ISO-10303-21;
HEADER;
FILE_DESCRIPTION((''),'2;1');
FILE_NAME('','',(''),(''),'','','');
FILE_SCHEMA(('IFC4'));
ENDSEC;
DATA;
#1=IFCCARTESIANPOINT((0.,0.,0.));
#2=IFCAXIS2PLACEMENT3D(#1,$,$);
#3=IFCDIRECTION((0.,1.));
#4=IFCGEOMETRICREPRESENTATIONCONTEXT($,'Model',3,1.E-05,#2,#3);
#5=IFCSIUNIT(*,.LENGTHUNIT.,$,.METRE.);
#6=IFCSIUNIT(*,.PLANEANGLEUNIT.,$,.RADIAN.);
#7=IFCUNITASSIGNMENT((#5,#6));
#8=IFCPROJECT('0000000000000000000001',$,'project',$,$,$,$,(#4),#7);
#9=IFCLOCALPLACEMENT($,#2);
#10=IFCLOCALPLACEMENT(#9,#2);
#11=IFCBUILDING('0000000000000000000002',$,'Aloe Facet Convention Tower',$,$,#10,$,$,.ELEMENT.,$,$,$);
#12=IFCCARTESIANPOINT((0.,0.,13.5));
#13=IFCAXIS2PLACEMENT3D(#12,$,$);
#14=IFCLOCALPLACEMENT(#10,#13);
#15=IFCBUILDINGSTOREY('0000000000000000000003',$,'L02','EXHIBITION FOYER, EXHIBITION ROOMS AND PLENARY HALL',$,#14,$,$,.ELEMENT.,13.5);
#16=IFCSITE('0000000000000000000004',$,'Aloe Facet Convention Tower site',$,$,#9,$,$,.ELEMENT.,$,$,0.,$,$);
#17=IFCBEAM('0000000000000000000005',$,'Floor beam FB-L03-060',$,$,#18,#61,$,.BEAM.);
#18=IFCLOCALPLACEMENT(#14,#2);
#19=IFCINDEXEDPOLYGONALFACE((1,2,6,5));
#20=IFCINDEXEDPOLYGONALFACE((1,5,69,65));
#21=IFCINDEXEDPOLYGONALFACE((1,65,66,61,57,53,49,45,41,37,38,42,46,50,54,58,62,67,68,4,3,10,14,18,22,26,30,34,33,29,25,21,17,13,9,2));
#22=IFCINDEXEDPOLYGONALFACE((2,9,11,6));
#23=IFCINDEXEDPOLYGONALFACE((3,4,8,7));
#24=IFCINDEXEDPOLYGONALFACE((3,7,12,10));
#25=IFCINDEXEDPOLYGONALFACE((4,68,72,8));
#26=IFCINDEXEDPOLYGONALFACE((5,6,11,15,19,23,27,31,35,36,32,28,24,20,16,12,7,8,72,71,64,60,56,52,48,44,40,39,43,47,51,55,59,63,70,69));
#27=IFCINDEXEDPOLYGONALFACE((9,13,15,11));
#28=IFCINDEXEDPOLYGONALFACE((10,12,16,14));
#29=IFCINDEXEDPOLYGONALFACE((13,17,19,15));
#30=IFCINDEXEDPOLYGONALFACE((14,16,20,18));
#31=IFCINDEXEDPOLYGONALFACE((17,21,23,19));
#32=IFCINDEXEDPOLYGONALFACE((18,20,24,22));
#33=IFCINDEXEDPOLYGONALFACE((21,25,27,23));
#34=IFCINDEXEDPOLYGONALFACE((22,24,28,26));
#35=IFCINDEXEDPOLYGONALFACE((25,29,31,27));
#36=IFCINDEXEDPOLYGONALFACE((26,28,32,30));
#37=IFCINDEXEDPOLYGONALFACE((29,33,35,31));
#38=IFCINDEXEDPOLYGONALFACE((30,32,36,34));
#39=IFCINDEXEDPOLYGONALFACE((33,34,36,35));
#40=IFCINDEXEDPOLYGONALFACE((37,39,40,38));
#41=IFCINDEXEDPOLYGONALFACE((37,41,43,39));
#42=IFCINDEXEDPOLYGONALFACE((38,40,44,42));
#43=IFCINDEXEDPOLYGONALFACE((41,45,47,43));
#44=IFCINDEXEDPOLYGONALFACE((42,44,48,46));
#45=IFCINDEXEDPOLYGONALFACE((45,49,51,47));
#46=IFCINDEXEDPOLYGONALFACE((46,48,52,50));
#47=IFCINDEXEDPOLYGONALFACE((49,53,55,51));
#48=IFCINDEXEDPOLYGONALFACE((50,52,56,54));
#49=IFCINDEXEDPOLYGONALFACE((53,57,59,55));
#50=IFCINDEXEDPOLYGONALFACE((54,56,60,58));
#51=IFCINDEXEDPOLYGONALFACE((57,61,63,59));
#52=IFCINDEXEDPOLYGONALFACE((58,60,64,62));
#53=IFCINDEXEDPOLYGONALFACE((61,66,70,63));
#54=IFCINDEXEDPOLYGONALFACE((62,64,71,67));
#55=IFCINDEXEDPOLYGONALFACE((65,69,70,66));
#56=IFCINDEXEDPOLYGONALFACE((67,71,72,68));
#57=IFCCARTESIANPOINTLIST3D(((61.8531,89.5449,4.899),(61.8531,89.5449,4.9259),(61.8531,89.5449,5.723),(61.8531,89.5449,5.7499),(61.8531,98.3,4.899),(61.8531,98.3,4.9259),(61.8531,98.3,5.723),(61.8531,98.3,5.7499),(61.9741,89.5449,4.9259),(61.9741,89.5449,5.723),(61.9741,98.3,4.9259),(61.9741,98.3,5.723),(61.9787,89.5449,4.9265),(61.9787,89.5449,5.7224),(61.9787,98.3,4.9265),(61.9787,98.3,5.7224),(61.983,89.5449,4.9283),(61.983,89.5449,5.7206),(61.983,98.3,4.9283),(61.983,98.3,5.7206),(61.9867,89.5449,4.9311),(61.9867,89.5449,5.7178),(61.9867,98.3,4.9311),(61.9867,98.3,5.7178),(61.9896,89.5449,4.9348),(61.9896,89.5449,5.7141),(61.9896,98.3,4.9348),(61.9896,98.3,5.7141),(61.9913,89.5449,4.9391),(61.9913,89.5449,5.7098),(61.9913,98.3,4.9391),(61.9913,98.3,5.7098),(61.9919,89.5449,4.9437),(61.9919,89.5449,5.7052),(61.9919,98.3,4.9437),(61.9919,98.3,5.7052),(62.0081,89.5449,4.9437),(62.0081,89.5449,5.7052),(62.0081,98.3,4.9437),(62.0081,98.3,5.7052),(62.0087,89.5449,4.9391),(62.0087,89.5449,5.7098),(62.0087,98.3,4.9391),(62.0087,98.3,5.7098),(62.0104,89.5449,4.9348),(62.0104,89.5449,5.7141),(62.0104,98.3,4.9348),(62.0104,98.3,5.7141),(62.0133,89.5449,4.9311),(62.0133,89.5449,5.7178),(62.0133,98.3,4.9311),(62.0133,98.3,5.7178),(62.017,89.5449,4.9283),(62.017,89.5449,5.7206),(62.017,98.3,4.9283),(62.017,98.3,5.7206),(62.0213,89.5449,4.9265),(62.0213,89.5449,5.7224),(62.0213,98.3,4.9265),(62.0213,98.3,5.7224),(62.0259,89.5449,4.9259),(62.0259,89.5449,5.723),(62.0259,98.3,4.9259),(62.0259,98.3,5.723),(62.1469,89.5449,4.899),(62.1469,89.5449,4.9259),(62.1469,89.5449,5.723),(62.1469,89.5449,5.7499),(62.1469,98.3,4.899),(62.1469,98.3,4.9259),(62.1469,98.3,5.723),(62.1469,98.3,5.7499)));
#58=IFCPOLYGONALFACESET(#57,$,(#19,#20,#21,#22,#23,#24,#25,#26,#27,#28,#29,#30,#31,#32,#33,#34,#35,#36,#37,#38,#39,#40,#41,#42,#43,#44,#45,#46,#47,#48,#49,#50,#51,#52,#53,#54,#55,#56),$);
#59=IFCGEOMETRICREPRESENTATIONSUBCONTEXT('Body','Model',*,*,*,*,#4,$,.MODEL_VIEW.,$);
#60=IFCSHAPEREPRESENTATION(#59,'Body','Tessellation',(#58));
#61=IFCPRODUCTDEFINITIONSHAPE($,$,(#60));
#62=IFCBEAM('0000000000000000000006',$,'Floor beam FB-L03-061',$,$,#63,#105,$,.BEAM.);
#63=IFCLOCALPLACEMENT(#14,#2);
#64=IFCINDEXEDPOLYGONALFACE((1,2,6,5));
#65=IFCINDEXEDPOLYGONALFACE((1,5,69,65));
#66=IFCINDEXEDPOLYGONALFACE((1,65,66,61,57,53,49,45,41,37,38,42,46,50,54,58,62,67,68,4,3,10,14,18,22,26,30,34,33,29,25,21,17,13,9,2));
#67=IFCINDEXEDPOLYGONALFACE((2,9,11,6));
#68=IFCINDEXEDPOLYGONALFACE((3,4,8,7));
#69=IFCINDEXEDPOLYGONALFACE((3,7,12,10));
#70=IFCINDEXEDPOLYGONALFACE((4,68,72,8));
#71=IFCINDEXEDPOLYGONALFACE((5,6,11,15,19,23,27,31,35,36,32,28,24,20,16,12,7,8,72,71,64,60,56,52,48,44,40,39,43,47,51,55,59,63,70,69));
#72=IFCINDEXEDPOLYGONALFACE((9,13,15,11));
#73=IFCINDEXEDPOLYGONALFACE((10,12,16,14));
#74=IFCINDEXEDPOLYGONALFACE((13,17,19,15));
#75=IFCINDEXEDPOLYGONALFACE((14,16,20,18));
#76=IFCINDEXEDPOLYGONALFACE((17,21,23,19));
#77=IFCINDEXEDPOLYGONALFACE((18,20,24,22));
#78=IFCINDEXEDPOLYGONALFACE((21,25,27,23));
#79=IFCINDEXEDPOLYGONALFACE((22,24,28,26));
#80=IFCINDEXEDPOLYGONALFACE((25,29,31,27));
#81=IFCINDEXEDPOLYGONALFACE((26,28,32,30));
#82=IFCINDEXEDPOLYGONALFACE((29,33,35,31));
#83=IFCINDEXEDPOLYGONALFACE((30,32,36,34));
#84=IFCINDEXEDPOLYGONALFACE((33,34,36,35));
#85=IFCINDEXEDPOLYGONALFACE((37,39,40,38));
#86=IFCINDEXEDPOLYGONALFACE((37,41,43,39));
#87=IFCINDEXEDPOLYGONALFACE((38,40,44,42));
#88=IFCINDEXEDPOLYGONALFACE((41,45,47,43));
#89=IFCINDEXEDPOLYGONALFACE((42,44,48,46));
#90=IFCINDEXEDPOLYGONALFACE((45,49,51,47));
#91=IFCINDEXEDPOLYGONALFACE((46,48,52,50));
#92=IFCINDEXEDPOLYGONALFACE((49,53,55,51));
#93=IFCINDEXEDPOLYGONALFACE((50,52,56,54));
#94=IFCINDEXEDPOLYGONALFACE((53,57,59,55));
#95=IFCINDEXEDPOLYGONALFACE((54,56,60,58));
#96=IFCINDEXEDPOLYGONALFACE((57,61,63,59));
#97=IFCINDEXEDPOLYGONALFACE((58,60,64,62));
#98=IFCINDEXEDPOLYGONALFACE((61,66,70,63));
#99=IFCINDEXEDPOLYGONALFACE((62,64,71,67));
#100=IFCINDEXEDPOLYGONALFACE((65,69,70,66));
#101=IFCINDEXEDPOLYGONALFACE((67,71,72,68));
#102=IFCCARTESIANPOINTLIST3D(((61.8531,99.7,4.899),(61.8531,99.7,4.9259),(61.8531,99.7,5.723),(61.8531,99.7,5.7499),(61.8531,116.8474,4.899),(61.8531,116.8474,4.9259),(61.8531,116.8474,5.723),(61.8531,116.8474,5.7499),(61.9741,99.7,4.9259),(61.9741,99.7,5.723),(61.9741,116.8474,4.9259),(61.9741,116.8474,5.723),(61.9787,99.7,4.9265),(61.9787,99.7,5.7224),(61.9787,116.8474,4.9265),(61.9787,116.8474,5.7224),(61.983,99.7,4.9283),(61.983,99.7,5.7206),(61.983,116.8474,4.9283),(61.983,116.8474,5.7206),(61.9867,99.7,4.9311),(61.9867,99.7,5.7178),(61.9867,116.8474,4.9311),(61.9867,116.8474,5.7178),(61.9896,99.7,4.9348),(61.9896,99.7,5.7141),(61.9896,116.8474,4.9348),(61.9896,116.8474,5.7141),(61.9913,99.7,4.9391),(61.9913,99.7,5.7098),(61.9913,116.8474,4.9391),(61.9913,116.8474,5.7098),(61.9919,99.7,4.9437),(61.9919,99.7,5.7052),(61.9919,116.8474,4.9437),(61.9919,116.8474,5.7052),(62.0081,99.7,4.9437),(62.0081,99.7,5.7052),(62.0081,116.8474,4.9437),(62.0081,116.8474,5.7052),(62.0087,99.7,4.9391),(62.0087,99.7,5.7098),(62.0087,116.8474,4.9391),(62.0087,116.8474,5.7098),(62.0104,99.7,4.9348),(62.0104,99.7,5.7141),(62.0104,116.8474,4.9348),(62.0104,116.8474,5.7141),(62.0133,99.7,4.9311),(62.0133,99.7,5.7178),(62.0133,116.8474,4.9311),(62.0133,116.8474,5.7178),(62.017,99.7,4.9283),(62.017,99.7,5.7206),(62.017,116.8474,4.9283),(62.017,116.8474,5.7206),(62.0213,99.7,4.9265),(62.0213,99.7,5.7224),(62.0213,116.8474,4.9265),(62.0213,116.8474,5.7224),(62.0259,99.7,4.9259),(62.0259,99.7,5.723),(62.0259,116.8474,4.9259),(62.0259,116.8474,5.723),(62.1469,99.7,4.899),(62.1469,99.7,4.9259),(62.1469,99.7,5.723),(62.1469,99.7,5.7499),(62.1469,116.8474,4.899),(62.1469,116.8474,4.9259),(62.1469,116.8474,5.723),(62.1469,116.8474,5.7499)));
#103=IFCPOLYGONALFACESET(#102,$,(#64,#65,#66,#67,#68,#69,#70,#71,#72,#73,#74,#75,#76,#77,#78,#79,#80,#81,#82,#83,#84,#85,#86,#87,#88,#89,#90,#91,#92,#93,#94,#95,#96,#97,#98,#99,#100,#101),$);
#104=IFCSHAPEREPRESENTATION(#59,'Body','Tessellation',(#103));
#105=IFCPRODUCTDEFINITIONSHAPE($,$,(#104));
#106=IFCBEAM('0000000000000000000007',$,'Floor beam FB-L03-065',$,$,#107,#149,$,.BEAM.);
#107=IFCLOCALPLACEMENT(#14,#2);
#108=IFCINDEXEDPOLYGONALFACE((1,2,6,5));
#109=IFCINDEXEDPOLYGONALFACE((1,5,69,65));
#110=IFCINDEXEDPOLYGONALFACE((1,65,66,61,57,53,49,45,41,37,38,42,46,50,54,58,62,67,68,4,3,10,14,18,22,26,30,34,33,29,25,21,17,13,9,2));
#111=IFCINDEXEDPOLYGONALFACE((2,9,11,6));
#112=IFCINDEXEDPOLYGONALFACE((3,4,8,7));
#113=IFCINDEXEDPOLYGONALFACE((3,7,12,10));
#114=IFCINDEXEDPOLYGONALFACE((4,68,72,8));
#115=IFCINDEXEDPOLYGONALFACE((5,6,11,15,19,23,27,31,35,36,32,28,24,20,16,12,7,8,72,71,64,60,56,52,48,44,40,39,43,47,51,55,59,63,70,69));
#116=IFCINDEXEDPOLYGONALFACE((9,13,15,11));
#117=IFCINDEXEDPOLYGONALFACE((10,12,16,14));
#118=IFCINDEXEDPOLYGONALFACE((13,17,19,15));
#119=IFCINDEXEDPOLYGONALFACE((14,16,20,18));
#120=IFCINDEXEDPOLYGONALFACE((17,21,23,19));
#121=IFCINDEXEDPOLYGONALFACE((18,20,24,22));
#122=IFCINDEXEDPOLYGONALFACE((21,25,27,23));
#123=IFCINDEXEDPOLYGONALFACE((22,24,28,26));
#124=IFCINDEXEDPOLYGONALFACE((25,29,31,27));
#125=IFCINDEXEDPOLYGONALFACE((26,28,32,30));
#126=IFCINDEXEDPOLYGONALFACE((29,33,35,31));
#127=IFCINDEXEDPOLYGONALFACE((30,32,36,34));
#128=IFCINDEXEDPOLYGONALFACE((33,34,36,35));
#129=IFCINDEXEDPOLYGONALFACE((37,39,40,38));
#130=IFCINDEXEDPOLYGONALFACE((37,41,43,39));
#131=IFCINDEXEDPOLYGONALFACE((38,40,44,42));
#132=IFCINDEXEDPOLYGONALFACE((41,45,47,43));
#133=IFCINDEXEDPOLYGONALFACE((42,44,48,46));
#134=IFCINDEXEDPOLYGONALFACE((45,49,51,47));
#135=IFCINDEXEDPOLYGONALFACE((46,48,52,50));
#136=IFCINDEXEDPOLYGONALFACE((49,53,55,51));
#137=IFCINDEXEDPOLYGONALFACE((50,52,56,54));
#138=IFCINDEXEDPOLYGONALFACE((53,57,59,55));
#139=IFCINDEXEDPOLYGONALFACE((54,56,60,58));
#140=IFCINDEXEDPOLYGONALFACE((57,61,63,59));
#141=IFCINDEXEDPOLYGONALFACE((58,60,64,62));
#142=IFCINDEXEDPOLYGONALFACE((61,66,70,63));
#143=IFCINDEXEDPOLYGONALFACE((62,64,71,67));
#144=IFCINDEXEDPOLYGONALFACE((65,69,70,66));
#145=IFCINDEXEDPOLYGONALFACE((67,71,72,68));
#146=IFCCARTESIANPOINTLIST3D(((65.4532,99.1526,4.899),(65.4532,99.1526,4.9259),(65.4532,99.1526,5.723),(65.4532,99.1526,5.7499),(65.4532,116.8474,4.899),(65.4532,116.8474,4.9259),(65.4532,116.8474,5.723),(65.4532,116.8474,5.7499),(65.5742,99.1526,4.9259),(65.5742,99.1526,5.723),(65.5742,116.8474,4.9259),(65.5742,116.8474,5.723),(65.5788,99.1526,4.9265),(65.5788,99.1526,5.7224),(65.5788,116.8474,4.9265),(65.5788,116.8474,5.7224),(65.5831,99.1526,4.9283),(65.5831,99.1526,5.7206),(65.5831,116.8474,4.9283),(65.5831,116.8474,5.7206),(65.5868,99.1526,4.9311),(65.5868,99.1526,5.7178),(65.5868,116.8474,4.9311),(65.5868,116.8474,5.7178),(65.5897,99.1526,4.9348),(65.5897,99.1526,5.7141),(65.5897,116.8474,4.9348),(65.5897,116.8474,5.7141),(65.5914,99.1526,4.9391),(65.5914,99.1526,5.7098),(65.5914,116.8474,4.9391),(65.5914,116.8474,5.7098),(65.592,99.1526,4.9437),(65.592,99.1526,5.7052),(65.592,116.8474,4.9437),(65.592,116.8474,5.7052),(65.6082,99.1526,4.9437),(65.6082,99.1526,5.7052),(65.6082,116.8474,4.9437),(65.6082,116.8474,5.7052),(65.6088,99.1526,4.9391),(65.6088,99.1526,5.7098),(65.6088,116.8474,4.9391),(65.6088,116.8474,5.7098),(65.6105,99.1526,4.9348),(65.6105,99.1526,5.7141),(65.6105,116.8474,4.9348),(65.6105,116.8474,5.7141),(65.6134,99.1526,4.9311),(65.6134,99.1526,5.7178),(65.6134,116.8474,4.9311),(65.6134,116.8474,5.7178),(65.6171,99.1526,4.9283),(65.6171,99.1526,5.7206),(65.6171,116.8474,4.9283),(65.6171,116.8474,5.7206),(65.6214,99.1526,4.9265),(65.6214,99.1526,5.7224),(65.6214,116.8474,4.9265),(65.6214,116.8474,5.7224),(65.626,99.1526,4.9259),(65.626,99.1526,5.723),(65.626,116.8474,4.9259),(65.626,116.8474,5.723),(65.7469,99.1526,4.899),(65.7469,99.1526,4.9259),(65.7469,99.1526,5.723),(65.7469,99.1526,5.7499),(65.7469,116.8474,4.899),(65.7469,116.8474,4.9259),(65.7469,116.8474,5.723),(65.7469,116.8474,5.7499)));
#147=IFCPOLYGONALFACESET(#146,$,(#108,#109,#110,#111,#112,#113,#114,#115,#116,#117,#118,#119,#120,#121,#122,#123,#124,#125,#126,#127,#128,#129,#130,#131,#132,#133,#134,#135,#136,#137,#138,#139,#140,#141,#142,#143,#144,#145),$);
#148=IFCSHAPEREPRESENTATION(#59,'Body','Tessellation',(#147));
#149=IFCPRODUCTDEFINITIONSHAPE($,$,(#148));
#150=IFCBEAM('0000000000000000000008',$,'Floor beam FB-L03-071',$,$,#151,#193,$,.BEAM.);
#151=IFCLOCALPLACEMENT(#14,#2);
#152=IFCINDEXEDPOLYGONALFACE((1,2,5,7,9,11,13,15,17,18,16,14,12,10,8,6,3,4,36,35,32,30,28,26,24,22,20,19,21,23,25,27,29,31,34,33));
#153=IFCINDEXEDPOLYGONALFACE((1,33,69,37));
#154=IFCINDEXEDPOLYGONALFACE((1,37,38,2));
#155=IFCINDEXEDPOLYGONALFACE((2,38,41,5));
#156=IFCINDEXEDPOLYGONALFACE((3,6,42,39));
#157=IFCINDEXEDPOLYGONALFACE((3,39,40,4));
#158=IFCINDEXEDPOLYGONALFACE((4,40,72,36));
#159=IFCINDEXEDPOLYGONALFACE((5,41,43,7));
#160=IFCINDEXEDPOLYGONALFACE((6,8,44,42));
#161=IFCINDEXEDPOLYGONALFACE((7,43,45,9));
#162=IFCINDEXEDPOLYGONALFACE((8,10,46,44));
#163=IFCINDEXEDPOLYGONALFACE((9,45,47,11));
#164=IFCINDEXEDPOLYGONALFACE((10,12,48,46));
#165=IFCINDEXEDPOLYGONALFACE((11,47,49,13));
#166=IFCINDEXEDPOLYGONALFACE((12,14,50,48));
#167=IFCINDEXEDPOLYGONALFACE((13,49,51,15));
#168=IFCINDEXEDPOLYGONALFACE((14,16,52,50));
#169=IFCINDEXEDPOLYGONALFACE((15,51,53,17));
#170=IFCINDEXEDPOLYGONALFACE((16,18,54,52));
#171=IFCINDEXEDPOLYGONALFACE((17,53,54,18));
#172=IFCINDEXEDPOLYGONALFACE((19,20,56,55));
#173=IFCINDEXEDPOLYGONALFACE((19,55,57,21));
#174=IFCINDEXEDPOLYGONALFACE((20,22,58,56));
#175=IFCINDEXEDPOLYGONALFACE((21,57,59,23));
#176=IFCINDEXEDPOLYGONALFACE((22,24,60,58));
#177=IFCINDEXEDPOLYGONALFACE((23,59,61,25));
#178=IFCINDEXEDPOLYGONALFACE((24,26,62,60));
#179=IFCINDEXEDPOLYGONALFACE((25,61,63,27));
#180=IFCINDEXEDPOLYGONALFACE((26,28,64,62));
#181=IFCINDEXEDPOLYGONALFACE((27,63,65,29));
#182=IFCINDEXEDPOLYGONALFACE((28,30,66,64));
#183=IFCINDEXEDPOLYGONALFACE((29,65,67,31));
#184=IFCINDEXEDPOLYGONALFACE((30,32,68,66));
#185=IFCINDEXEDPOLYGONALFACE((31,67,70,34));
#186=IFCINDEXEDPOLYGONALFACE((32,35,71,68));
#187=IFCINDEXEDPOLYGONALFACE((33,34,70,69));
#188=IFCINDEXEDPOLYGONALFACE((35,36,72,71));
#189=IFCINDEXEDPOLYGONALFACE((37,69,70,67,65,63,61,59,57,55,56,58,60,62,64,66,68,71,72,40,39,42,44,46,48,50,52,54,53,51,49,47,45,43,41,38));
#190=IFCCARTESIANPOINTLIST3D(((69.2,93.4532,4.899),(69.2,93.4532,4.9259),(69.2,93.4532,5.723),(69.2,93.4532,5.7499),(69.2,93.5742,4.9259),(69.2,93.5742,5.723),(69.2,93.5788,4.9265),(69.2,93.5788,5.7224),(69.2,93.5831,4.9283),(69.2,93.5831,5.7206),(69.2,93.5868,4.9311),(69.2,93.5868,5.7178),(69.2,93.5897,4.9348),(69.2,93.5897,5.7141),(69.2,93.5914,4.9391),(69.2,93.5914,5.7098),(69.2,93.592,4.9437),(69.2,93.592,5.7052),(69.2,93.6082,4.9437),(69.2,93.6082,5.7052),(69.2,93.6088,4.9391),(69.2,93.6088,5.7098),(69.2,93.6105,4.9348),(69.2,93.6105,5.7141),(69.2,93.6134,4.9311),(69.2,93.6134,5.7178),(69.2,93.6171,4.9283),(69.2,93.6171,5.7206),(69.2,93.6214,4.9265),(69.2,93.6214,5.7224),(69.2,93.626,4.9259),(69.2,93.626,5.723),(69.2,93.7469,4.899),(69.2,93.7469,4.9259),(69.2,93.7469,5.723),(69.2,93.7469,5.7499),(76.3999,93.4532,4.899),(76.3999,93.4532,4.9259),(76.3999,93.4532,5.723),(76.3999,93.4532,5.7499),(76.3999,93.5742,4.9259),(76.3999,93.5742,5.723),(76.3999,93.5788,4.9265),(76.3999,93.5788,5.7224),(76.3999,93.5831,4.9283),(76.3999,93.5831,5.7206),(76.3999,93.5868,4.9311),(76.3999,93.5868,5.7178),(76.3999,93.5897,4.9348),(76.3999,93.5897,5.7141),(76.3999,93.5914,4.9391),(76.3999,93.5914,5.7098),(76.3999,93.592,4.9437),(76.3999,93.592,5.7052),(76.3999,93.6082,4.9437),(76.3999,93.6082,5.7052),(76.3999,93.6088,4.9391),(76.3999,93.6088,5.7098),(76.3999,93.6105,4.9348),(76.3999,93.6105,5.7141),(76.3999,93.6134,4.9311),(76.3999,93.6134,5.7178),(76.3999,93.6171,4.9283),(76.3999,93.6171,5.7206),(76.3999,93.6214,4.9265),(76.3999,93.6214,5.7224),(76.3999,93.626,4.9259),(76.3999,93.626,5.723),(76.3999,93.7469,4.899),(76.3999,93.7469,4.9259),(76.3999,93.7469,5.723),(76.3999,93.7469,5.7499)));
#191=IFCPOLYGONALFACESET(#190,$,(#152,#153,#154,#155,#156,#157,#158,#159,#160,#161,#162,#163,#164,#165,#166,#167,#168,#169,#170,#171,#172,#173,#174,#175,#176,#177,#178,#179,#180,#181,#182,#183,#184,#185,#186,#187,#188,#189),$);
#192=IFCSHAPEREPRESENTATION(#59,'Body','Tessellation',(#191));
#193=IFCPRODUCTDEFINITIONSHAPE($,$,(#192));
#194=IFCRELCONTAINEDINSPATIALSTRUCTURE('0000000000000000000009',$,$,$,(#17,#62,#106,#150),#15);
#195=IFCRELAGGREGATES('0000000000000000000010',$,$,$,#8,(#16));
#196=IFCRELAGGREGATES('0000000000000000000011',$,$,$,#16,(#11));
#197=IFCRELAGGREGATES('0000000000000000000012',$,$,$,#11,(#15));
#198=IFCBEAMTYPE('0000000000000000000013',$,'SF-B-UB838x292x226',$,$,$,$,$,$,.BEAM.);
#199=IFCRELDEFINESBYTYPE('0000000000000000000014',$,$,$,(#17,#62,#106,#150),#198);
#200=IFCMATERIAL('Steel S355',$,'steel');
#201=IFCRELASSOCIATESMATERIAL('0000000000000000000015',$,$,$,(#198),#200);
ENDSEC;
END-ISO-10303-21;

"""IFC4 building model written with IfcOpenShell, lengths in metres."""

from ifc_helpers import new_model, si_unit, direction, frame, origin, origin_2d, place, context, subcontext, project, spatial, i_section, extrude, material, material_profile, profile_set, type_object, element, save


model = new_model("IFC4")

# Units and contexts
model_context = context("Model", 3, precision=1e-05, world=origin(), true_north=direction((0.0, 1.0)))
body_context = subcontext(model_context, "Body", "Model", "MODEL_VIEW")
ifc_project = project(units=[si_unit("LENGTHUNIT", "METRE"), si_unit("PLANEANGLEUNIT", "RADIAN")], contexts=[model_context])

# Site, building, storey
site_placement = place(None, origin())
site = spatial("IfcSite", under=ifc_project, at=site_placement, Name="Aloe Facet Convention Tower site", CompositionType="ELEMENT", RefElevation=0.0)
building_placement = place(site_placement, origin())
building = spatial("IfcBuilding", under=site, at=building_placement, Name="Aloe Facet Convention Tower", CompositionType="ELEMENT")
storey_placement = place(building_placement, frame((0.0, 0.0, 13.5)))
storey = spatial("IfcBuildingStorey", under=building, at=storey_placement, Name="L02", Description="EXHIBITION FOYER, EXHIBITION ROOMS AND PLENARY HALL", CompositionType="ELEMENT", Elevation=13.5)

# Beams
ifc_material_1 = material(Name="Steel S355", Category="steel")
ifc_material_profile_1 = material_profile(ifc_material_1, i_section(OverallWidth=0.2937, OverallDepth=0.8508, WebThickness=0.0161, FlangeThickness=0.0269, FilletRadius=0.0178, at=origin_2d()), Name="UB 838x292x226")
ifc_profile_set_1 = profile_set([ifc_material_profile_1], Name="Steel S355")
beam_type_1 = type_object("IfcBeamType", Name="SF-B-UB838x292x226", PredefinedType="BEAM", material=ifc_profile_set_1)
beam_1_placement = place(storey_placement, frame((62.0, 89.5449, 5.3245), z_axis=(0.0, 1.0, 0.0), x_axis=(-1.0, 0.0, 0.0)))
element("IfcBeam", 1, at=beam_1_placement, inside=storey, type_object=beam_type_1, Name="Floor beam FB-L03-060", PredefinedType="BEAM", context=body_context, shape_type="SweptSolid", body=[
    extrude(i_section(OverallWidth=0.2937, OverallDepth=0.8508, WebThickness=0.0161, FlangeThickness=0.0269, FilletRadius=0.0178, at=origin_2d()), origin(), (0.0, 0.0, 1.0), 8.7551),
])
beam_2_placement = place(storey_placement, frame((62.0, 99.7, 5.3245), z_axis=(0.0, 1.0, 0.0), x_axis=(-1.0, 0.0, 0.0)))
element("IfcBeam", 2, at=beam_2_placement, inside=storey, type_object=beam_type_1, Name="Floor beam FB-L03-061", PredefinedType="BEAM", context=body_context, shape_type="SweptSolid", body=[
    extrude(i_section(OverallWidth=0.2937, OverallDepth=0.8508, WebThickness=0.0161, FlangeThickness=0.0269, FilletRadius=0.0178, at=origin_2d()), origin(), (0.0, 0.0, 1.0), 17.1475),
])
beam_3_placement = place(storey_placement, frame((65.6001, 99.1526, 5.3245), z_axis=(0.0, 1.0, 0.0), x_axis=(-1.0, 0.0, 0.0)))
element("IfcBeam", 3, at=beam_3_placement, inside=storey, type_object=beam_type_1, Name="Floor beam FB-L03-065", PredefinedType="BEAM", context=body_context, shape_type="SweptSolid", body=[
    extrude(i_section(OverallWidth=0.2937, OverallDepth=0.8508, WebThickness=0.0161, FlangeThickness=0.0269, FilletRadius=0.0178, at=origin_2d()), origin(), (0.0, 0.0, 1.0), 17.6948),
])
beam_4_placement = place(storey_placement, frame((69.2, 93.6001, 5.3245), z_axis=(1.0, 0.0, 0.0), x_axis=(0.0, 1.0, 0.0)))
element("IfcBeam", 4, at=beam_4_placement, inside=storey, type_object=beam_type_1, Name="Floor beam FB-L03-071", PredefinedType="BEAM", context=body_context, shape_type="SweptSolid", body=[
    extrude(i_section(OverallWidth=0.2937, OverallDepth=0.8508, WebThickness=0.0161, FlangeThickness=0.0269, FilletRadius=0.0178, at=origin_2d()), origin(), (0.0, 0.0, 1.0), 7.2),
])

save(model, "model.ifc")
